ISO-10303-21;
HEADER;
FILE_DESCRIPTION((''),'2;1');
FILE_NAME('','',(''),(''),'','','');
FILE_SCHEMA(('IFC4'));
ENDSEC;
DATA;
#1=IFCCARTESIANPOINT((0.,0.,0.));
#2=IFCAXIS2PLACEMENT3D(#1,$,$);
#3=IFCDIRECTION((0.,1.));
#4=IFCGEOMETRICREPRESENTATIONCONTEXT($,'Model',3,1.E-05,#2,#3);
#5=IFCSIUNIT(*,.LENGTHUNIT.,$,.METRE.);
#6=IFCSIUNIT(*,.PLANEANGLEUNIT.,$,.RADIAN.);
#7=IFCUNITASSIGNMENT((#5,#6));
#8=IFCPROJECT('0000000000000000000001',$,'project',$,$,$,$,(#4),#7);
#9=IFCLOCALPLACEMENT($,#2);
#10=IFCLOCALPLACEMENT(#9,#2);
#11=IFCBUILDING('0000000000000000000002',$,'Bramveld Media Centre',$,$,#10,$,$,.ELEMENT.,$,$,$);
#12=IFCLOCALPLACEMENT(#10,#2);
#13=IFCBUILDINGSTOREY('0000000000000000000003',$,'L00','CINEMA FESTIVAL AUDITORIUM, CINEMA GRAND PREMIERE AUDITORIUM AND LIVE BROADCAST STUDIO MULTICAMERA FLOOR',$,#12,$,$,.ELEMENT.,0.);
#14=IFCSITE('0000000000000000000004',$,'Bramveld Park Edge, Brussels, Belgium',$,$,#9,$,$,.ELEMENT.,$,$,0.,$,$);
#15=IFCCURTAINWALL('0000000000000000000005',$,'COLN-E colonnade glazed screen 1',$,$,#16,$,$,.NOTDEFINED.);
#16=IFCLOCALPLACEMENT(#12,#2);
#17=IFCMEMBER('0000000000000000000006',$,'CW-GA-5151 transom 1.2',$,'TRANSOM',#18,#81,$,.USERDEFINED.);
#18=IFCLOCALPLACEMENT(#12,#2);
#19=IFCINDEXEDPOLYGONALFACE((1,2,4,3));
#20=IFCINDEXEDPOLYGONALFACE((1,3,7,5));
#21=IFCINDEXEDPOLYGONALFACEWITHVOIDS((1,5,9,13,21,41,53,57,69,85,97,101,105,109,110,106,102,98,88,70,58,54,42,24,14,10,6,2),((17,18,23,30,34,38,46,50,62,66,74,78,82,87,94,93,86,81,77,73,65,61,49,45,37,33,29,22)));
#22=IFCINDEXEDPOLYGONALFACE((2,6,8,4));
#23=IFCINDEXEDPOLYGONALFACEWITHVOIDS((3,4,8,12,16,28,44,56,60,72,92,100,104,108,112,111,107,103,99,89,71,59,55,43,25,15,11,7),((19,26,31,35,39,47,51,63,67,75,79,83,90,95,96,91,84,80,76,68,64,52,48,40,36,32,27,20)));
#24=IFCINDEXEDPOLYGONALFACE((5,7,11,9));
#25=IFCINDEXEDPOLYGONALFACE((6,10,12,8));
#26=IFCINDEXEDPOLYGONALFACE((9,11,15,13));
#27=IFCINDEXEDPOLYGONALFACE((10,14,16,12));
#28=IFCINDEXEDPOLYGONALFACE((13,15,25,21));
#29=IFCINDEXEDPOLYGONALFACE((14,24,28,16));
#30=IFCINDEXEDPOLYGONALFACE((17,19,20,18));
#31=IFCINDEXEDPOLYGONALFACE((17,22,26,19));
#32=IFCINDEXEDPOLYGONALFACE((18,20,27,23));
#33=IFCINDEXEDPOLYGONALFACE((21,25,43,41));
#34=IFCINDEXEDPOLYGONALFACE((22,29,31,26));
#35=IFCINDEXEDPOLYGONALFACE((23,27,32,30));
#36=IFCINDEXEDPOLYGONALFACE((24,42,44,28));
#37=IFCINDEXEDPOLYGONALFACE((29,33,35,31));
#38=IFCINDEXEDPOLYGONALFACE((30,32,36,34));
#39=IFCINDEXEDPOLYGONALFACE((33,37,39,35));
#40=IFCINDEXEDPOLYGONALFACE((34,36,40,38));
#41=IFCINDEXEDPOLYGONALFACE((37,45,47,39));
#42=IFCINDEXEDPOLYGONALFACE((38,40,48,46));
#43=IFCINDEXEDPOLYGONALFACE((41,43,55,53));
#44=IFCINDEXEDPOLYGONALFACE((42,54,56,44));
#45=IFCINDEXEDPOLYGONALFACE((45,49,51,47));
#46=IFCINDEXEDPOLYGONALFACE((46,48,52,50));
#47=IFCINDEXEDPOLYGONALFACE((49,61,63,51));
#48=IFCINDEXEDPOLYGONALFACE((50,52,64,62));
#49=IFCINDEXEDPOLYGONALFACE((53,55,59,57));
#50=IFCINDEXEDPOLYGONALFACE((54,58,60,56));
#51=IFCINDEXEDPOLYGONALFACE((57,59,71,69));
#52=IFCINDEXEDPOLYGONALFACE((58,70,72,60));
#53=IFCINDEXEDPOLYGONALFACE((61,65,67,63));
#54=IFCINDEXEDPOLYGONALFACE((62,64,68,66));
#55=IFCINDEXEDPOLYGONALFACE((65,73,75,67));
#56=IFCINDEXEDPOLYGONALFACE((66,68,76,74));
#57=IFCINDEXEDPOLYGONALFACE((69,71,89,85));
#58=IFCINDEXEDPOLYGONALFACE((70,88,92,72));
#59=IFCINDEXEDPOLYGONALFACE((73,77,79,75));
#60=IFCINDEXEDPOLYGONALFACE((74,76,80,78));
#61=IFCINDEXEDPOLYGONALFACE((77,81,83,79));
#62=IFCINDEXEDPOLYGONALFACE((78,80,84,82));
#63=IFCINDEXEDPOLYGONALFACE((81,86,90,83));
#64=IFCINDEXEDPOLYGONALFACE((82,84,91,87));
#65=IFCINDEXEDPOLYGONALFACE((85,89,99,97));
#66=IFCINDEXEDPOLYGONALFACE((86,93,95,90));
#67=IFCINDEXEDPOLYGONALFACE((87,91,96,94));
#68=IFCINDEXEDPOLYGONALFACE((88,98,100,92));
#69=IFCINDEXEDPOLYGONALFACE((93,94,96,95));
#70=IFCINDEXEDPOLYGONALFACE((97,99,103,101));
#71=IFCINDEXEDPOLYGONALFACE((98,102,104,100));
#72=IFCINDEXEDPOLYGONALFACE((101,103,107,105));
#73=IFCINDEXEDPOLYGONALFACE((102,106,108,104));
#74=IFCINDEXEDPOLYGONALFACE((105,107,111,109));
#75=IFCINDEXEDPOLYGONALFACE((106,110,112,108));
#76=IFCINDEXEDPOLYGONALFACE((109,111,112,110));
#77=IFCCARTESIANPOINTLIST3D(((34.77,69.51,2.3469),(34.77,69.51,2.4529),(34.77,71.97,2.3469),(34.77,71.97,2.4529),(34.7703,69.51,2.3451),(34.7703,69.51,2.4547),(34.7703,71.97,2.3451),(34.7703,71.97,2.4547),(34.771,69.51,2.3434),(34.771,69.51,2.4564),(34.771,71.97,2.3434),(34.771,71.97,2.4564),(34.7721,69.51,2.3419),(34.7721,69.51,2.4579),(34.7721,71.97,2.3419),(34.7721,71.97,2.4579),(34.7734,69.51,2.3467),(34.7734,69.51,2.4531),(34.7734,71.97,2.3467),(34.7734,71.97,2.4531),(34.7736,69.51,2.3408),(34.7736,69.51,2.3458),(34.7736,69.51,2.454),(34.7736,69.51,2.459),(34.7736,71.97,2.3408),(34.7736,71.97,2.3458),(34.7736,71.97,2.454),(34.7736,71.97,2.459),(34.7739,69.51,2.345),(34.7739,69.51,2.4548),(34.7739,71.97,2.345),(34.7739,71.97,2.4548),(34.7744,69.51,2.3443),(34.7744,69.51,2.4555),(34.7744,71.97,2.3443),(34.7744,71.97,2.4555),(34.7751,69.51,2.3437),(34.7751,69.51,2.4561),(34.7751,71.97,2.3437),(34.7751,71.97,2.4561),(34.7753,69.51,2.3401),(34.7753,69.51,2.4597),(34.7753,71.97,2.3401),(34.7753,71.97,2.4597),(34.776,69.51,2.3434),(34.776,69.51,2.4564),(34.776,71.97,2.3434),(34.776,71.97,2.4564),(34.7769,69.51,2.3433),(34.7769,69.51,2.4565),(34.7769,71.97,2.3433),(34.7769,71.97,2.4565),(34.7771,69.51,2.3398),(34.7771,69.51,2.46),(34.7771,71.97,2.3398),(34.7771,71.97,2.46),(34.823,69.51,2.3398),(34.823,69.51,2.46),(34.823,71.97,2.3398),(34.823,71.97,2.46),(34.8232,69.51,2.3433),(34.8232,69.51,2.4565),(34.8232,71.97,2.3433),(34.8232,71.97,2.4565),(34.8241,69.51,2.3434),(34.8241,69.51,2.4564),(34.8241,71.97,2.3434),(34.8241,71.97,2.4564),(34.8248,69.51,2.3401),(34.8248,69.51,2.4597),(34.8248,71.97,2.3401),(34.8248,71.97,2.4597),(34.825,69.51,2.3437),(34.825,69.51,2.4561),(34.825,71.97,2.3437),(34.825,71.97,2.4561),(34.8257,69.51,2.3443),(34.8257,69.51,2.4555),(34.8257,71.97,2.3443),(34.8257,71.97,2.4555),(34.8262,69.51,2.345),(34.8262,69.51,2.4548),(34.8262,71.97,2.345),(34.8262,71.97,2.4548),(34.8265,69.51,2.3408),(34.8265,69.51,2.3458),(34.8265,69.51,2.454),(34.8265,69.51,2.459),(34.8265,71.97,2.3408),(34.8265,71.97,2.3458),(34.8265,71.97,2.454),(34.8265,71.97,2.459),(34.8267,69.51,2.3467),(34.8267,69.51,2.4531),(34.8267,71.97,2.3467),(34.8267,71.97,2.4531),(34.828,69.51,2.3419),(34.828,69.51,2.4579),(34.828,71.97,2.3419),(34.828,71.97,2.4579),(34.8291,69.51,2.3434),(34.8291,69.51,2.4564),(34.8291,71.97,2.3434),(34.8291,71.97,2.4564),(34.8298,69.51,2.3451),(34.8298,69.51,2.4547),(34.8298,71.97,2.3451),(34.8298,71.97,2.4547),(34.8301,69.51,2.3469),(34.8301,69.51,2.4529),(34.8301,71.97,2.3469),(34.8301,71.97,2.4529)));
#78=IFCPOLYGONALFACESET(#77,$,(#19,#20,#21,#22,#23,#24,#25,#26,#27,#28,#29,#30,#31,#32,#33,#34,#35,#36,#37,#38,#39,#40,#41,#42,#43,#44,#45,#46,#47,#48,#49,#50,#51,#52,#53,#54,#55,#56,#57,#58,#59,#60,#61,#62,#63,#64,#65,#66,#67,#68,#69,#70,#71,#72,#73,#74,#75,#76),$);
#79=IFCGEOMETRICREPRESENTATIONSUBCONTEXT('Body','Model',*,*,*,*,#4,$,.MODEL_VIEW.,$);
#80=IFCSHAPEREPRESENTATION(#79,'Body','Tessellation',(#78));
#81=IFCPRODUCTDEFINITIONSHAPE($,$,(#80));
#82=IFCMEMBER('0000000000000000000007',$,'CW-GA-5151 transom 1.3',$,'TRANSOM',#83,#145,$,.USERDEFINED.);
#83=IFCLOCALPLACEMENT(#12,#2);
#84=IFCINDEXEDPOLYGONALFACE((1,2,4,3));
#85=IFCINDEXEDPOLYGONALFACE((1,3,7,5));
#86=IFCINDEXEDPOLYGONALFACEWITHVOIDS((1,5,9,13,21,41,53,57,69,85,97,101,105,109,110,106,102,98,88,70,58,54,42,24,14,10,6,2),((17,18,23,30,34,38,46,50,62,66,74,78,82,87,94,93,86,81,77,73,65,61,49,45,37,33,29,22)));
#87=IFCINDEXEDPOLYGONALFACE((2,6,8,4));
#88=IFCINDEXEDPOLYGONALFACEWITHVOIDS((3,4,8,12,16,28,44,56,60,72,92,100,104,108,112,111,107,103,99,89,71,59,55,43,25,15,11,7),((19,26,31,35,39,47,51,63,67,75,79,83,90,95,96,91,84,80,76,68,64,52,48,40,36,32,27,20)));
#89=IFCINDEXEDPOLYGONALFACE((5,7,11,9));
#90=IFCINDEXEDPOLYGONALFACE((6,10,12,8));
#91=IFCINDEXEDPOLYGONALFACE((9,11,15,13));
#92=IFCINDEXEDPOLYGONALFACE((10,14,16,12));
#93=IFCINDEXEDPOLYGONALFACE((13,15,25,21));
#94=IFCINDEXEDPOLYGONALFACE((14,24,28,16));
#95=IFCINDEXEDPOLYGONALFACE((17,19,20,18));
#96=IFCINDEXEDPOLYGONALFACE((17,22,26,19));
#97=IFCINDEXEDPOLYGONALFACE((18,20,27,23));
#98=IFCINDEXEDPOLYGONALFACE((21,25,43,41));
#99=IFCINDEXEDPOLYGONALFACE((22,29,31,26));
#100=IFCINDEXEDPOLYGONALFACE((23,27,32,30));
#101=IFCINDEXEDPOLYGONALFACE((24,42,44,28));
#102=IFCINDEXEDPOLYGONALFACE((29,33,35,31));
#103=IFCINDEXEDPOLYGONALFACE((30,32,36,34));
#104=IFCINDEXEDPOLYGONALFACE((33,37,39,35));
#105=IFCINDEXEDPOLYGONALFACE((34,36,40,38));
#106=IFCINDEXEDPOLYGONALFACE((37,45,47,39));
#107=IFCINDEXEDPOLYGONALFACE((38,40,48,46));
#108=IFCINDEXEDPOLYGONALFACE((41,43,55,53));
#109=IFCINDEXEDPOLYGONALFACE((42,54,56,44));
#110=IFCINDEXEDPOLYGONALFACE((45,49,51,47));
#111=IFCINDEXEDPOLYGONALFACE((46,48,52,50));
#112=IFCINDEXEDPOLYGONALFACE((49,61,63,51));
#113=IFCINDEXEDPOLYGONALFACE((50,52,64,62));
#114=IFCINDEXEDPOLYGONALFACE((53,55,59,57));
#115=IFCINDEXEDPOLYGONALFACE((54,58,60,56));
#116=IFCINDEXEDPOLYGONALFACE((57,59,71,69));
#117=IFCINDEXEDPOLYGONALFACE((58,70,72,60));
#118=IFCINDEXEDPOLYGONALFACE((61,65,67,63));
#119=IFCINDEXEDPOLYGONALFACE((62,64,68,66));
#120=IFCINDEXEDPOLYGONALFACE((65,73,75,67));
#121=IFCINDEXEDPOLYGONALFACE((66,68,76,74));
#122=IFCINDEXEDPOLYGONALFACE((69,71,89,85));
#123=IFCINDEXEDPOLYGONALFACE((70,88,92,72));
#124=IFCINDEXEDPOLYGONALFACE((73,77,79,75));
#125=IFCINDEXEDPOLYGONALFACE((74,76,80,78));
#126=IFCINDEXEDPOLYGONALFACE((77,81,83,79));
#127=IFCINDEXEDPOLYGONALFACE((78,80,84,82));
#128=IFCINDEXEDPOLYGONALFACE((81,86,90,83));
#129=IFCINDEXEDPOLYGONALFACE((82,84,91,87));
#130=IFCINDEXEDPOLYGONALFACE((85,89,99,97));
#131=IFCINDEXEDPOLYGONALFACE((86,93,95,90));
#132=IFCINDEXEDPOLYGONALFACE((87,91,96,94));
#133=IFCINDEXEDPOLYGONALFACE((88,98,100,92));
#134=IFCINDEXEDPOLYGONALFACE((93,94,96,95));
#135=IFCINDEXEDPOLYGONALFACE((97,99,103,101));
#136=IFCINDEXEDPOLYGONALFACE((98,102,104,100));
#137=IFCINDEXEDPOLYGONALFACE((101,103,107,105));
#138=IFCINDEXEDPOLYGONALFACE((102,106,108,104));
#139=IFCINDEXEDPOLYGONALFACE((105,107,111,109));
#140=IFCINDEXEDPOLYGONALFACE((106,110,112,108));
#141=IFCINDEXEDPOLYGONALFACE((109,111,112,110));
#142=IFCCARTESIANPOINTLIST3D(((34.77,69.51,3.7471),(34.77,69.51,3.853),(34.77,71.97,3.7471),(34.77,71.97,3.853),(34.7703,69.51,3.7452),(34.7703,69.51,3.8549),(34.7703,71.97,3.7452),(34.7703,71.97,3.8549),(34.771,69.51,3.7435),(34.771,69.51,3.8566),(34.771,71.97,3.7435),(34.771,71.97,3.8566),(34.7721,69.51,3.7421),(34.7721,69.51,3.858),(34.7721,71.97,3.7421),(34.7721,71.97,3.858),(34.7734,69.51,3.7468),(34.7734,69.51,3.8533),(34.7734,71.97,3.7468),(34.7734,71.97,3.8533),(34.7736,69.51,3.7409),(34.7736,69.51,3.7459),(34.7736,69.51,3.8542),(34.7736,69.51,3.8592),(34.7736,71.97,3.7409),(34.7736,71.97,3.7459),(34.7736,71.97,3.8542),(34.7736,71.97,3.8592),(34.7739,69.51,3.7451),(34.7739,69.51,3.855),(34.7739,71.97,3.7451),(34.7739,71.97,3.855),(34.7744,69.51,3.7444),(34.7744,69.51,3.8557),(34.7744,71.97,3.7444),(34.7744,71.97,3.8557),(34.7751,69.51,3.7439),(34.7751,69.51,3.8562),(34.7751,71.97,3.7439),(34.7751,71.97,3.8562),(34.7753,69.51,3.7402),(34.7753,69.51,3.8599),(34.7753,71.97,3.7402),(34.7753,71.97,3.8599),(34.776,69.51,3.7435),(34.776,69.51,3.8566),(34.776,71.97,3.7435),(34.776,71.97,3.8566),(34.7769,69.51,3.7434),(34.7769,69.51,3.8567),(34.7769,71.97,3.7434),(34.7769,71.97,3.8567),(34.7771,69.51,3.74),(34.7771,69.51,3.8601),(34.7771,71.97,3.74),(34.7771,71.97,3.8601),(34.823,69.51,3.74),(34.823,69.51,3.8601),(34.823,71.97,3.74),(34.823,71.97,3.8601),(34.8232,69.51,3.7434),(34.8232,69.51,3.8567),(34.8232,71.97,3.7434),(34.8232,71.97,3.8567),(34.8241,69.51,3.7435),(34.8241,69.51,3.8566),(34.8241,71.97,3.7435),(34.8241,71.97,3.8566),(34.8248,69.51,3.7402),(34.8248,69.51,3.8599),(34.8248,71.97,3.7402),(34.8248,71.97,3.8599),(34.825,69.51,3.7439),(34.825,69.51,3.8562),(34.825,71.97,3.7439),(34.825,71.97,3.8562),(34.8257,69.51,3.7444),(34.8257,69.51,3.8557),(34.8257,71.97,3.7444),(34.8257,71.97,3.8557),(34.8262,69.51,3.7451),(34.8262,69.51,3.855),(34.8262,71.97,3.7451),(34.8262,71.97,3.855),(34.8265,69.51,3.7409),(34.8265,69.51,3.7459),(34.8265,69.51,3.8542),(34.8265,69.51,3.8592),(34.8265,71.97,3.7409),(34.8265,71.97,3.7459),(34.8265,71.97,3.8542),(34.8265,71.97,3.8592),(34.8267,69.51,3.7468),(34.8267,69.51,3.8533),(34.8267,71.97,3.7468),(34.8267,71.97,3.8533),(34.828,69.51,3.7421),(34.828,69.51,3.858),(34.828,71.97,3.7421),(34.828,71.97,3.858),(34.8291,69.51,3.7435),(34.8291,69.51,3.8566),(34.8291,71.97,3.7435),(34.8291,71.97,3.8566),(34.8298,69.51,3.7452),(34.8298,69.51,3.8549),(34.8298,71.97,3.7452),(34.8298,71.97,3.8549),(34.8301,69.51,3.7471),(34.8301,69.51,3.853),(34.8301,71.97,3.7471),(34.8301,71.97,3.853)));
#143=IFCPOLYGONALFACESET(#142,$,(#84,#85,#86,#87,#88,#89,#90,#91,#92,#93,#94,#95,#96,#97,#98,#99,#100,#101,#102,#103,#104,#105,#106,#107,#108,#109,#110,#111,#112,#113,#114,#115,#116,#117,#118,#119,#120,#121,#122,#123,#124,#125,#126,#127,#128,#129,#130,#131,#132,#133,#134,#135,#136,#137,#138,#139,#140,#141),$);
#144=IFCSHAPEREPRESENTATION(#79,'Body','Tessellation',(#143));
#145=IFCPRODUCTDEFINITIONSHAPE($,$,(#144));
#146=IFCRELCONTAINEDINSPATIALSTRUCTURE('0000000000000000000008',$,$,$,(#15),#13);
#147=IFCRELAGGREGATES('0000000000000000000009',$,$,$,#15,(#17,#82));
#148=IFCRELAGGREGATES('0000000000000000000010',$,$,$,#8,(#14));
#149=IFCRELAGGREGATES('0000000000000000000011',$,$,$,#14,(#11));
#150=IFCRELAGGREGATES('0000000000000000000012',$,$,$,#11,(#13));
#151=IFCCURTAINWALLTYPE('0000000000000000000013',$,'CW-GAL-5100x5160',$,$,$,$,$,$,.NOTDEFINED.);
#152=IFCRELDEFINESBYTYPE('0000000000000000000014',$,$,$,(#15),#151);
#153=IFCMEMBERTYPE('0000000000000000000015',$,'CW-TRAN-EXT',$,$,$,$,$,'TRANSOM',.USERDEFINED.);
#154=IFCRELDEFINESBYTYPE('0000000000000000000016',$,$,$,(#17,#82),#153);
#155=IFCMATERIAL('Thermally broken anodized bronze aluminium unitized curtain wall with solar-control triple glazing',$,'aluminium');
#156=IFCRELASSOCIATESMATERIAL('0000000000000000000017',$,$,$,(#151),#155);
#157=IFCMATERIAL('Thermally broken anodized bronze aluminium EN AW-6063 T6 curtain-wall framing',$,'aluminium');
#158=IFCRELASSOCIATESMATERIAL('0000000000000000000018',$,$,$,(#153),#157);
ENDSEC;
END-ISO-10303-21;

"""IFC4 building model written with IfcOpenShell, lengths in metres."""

from ifc_helpers import new_model, si_unit, direction, frame, origin, origin_2d, place, context, subcontext, project, spatial, hollow_rectangle, extrude, material, material_profile, profile_set, type_object, element, aggregate, save


model = new_model("IFC4")

# Units and contexts
model_context = context("Model", 3, precision=1e-05, world=origin(), true_north=direction((0.0, 1.0)))
body_context = subcontext(model_context, "Body", "Model", "MODEL_VIEW")
ifc_project = project(units=[si_unit("LENGTHUNIT", "METRE"), si_unit("PLANEANGLEUNIT", "RADIAN")], contexts=[model_context])

# Site, building, storey
site_placement = place(None, origin())
site = spatial("IfcSite", under=ifc_project, at=site_placement, Name="Bramveld Park Edge, Brussels, Belgium", CompositionType="ELEMENT", RefElevation=0.0)
building_placement = place(site_placement, origin())
building = spatial("IfcBuilding", under=site, at=building_placement, Name="Bramveld Media Centre", CompositionType="ELEMENT")
storey_placement = place(building_placement, origin())
storey = spatial("IfcBuildingStorey", under=building, at=storey_placement, Name="L00", Description="CINEMA FESTIVAL AUDITORIUM, CINEMA GRAND PREMIERE AUDITORIUM AND LIVE BROADCAST STUDIO MULTICAMERA FLOOR", CompositionType="ELEMENT", Elevation=0.0)

# Curtain wall, members
ifc_material_1 = material(Name="Thermally broken anodized bronze aluminium unitized curtain wall with solar-control triple glazing", Category="aluminium")
curtain_wall_type = type_object("IfcCurtainWallType", Name="CW-GAL-5100x5160", PredefinedType="NOTDEFINED", material=ifc_material_1)
curtain_wall_placement = place(storey_placement, origin())
curtain_wall = element("IfcCurtainWall", 1, at=curtain_wall_placement, inside=storey, type_object=curtain_wall_type, Name="COLN-E colonnade glazed screen 1", PredefinedType="NOTDEFINED")
ifc_material_2 = material(Name="Thermally broken anodized bronze aluminium EN AW-6063 T6 curtain-wall framing", Category="aluminium")
ifc_material_profile_1 = material_profile(ifc_material_2, hollow_rectangle(XDim=0.0601, YDim=0.1201, WallThickness=0.0034, InnerFilletRadius=0.0034, OuterFilletRadius=0.0071, at=origin_2d()), Name="AL-TRAN 60x120")
ifc_profile_set_1 = profile_set([ifc_material_profile_1], Name="Thermally broken anodized bronze aluminium EN AW-6063 T6 curtain-wall framing")
member_type_1 = type_object("IfcMemberType", Name="CW-TRAN-EXT", ElementType="TRANSOM", PredefinedType="USERDEFINED", material=ifc_profile_set_1)
member_1_placement = place(storey_placement, frame((34.8, 69.51, 2.3999), z_axis=(0.0, 1.0, 0.0), x_axis=(-1.0, 0.0, 0.0)))
member_1 = element("IfcMember", 2, at=member_1_placement, type_object=member_type_1, Name="CW-GA-5151 transom 1.2", ObjectType="TRANSOM", PredefinedType="USERDEFINED", context=body_context, shape_type="SweptSolid", body=[
    extrude(hollow_rectangle(XDim=0.0601, YDim=0.1201, WallThickness=0.0034, InnerFilletRadius=0.0034, OuterFilletRadius=0.0071, at=origin_2d()), origin(), (0.0, 0.0, 1.0), 2.46),
])
member_2_placement = place(storey_placement, frame((34.8, 69.51, 3.8), z_axis=(0.0, 1.0, 0.0), x_axis=(-1.0, 0.0, 0.0)))
member_2 = element("IfcMember", 3, at=member_2_placement, type_object=member_type_1, Name="CW-GA-5151 transom 1.3", ObjectType="TRANSOM", PredefinedType="USERDEFINED", context=body_context, shape_type="SweptSolid", body=[
    extrude(hollow_rectangle(XDim=0.0601, YDim=0.1201, WallThickness=0.0034, InnerFilletRadius=0.0034, OuterFilletRadius=0.0071, at=origin_2d()), origin(), (0.0, 0.0, 1.0), 2.46),
])
aggregate(curtain_wall, [member_1, member_2])

save(model, "model.ifc")
